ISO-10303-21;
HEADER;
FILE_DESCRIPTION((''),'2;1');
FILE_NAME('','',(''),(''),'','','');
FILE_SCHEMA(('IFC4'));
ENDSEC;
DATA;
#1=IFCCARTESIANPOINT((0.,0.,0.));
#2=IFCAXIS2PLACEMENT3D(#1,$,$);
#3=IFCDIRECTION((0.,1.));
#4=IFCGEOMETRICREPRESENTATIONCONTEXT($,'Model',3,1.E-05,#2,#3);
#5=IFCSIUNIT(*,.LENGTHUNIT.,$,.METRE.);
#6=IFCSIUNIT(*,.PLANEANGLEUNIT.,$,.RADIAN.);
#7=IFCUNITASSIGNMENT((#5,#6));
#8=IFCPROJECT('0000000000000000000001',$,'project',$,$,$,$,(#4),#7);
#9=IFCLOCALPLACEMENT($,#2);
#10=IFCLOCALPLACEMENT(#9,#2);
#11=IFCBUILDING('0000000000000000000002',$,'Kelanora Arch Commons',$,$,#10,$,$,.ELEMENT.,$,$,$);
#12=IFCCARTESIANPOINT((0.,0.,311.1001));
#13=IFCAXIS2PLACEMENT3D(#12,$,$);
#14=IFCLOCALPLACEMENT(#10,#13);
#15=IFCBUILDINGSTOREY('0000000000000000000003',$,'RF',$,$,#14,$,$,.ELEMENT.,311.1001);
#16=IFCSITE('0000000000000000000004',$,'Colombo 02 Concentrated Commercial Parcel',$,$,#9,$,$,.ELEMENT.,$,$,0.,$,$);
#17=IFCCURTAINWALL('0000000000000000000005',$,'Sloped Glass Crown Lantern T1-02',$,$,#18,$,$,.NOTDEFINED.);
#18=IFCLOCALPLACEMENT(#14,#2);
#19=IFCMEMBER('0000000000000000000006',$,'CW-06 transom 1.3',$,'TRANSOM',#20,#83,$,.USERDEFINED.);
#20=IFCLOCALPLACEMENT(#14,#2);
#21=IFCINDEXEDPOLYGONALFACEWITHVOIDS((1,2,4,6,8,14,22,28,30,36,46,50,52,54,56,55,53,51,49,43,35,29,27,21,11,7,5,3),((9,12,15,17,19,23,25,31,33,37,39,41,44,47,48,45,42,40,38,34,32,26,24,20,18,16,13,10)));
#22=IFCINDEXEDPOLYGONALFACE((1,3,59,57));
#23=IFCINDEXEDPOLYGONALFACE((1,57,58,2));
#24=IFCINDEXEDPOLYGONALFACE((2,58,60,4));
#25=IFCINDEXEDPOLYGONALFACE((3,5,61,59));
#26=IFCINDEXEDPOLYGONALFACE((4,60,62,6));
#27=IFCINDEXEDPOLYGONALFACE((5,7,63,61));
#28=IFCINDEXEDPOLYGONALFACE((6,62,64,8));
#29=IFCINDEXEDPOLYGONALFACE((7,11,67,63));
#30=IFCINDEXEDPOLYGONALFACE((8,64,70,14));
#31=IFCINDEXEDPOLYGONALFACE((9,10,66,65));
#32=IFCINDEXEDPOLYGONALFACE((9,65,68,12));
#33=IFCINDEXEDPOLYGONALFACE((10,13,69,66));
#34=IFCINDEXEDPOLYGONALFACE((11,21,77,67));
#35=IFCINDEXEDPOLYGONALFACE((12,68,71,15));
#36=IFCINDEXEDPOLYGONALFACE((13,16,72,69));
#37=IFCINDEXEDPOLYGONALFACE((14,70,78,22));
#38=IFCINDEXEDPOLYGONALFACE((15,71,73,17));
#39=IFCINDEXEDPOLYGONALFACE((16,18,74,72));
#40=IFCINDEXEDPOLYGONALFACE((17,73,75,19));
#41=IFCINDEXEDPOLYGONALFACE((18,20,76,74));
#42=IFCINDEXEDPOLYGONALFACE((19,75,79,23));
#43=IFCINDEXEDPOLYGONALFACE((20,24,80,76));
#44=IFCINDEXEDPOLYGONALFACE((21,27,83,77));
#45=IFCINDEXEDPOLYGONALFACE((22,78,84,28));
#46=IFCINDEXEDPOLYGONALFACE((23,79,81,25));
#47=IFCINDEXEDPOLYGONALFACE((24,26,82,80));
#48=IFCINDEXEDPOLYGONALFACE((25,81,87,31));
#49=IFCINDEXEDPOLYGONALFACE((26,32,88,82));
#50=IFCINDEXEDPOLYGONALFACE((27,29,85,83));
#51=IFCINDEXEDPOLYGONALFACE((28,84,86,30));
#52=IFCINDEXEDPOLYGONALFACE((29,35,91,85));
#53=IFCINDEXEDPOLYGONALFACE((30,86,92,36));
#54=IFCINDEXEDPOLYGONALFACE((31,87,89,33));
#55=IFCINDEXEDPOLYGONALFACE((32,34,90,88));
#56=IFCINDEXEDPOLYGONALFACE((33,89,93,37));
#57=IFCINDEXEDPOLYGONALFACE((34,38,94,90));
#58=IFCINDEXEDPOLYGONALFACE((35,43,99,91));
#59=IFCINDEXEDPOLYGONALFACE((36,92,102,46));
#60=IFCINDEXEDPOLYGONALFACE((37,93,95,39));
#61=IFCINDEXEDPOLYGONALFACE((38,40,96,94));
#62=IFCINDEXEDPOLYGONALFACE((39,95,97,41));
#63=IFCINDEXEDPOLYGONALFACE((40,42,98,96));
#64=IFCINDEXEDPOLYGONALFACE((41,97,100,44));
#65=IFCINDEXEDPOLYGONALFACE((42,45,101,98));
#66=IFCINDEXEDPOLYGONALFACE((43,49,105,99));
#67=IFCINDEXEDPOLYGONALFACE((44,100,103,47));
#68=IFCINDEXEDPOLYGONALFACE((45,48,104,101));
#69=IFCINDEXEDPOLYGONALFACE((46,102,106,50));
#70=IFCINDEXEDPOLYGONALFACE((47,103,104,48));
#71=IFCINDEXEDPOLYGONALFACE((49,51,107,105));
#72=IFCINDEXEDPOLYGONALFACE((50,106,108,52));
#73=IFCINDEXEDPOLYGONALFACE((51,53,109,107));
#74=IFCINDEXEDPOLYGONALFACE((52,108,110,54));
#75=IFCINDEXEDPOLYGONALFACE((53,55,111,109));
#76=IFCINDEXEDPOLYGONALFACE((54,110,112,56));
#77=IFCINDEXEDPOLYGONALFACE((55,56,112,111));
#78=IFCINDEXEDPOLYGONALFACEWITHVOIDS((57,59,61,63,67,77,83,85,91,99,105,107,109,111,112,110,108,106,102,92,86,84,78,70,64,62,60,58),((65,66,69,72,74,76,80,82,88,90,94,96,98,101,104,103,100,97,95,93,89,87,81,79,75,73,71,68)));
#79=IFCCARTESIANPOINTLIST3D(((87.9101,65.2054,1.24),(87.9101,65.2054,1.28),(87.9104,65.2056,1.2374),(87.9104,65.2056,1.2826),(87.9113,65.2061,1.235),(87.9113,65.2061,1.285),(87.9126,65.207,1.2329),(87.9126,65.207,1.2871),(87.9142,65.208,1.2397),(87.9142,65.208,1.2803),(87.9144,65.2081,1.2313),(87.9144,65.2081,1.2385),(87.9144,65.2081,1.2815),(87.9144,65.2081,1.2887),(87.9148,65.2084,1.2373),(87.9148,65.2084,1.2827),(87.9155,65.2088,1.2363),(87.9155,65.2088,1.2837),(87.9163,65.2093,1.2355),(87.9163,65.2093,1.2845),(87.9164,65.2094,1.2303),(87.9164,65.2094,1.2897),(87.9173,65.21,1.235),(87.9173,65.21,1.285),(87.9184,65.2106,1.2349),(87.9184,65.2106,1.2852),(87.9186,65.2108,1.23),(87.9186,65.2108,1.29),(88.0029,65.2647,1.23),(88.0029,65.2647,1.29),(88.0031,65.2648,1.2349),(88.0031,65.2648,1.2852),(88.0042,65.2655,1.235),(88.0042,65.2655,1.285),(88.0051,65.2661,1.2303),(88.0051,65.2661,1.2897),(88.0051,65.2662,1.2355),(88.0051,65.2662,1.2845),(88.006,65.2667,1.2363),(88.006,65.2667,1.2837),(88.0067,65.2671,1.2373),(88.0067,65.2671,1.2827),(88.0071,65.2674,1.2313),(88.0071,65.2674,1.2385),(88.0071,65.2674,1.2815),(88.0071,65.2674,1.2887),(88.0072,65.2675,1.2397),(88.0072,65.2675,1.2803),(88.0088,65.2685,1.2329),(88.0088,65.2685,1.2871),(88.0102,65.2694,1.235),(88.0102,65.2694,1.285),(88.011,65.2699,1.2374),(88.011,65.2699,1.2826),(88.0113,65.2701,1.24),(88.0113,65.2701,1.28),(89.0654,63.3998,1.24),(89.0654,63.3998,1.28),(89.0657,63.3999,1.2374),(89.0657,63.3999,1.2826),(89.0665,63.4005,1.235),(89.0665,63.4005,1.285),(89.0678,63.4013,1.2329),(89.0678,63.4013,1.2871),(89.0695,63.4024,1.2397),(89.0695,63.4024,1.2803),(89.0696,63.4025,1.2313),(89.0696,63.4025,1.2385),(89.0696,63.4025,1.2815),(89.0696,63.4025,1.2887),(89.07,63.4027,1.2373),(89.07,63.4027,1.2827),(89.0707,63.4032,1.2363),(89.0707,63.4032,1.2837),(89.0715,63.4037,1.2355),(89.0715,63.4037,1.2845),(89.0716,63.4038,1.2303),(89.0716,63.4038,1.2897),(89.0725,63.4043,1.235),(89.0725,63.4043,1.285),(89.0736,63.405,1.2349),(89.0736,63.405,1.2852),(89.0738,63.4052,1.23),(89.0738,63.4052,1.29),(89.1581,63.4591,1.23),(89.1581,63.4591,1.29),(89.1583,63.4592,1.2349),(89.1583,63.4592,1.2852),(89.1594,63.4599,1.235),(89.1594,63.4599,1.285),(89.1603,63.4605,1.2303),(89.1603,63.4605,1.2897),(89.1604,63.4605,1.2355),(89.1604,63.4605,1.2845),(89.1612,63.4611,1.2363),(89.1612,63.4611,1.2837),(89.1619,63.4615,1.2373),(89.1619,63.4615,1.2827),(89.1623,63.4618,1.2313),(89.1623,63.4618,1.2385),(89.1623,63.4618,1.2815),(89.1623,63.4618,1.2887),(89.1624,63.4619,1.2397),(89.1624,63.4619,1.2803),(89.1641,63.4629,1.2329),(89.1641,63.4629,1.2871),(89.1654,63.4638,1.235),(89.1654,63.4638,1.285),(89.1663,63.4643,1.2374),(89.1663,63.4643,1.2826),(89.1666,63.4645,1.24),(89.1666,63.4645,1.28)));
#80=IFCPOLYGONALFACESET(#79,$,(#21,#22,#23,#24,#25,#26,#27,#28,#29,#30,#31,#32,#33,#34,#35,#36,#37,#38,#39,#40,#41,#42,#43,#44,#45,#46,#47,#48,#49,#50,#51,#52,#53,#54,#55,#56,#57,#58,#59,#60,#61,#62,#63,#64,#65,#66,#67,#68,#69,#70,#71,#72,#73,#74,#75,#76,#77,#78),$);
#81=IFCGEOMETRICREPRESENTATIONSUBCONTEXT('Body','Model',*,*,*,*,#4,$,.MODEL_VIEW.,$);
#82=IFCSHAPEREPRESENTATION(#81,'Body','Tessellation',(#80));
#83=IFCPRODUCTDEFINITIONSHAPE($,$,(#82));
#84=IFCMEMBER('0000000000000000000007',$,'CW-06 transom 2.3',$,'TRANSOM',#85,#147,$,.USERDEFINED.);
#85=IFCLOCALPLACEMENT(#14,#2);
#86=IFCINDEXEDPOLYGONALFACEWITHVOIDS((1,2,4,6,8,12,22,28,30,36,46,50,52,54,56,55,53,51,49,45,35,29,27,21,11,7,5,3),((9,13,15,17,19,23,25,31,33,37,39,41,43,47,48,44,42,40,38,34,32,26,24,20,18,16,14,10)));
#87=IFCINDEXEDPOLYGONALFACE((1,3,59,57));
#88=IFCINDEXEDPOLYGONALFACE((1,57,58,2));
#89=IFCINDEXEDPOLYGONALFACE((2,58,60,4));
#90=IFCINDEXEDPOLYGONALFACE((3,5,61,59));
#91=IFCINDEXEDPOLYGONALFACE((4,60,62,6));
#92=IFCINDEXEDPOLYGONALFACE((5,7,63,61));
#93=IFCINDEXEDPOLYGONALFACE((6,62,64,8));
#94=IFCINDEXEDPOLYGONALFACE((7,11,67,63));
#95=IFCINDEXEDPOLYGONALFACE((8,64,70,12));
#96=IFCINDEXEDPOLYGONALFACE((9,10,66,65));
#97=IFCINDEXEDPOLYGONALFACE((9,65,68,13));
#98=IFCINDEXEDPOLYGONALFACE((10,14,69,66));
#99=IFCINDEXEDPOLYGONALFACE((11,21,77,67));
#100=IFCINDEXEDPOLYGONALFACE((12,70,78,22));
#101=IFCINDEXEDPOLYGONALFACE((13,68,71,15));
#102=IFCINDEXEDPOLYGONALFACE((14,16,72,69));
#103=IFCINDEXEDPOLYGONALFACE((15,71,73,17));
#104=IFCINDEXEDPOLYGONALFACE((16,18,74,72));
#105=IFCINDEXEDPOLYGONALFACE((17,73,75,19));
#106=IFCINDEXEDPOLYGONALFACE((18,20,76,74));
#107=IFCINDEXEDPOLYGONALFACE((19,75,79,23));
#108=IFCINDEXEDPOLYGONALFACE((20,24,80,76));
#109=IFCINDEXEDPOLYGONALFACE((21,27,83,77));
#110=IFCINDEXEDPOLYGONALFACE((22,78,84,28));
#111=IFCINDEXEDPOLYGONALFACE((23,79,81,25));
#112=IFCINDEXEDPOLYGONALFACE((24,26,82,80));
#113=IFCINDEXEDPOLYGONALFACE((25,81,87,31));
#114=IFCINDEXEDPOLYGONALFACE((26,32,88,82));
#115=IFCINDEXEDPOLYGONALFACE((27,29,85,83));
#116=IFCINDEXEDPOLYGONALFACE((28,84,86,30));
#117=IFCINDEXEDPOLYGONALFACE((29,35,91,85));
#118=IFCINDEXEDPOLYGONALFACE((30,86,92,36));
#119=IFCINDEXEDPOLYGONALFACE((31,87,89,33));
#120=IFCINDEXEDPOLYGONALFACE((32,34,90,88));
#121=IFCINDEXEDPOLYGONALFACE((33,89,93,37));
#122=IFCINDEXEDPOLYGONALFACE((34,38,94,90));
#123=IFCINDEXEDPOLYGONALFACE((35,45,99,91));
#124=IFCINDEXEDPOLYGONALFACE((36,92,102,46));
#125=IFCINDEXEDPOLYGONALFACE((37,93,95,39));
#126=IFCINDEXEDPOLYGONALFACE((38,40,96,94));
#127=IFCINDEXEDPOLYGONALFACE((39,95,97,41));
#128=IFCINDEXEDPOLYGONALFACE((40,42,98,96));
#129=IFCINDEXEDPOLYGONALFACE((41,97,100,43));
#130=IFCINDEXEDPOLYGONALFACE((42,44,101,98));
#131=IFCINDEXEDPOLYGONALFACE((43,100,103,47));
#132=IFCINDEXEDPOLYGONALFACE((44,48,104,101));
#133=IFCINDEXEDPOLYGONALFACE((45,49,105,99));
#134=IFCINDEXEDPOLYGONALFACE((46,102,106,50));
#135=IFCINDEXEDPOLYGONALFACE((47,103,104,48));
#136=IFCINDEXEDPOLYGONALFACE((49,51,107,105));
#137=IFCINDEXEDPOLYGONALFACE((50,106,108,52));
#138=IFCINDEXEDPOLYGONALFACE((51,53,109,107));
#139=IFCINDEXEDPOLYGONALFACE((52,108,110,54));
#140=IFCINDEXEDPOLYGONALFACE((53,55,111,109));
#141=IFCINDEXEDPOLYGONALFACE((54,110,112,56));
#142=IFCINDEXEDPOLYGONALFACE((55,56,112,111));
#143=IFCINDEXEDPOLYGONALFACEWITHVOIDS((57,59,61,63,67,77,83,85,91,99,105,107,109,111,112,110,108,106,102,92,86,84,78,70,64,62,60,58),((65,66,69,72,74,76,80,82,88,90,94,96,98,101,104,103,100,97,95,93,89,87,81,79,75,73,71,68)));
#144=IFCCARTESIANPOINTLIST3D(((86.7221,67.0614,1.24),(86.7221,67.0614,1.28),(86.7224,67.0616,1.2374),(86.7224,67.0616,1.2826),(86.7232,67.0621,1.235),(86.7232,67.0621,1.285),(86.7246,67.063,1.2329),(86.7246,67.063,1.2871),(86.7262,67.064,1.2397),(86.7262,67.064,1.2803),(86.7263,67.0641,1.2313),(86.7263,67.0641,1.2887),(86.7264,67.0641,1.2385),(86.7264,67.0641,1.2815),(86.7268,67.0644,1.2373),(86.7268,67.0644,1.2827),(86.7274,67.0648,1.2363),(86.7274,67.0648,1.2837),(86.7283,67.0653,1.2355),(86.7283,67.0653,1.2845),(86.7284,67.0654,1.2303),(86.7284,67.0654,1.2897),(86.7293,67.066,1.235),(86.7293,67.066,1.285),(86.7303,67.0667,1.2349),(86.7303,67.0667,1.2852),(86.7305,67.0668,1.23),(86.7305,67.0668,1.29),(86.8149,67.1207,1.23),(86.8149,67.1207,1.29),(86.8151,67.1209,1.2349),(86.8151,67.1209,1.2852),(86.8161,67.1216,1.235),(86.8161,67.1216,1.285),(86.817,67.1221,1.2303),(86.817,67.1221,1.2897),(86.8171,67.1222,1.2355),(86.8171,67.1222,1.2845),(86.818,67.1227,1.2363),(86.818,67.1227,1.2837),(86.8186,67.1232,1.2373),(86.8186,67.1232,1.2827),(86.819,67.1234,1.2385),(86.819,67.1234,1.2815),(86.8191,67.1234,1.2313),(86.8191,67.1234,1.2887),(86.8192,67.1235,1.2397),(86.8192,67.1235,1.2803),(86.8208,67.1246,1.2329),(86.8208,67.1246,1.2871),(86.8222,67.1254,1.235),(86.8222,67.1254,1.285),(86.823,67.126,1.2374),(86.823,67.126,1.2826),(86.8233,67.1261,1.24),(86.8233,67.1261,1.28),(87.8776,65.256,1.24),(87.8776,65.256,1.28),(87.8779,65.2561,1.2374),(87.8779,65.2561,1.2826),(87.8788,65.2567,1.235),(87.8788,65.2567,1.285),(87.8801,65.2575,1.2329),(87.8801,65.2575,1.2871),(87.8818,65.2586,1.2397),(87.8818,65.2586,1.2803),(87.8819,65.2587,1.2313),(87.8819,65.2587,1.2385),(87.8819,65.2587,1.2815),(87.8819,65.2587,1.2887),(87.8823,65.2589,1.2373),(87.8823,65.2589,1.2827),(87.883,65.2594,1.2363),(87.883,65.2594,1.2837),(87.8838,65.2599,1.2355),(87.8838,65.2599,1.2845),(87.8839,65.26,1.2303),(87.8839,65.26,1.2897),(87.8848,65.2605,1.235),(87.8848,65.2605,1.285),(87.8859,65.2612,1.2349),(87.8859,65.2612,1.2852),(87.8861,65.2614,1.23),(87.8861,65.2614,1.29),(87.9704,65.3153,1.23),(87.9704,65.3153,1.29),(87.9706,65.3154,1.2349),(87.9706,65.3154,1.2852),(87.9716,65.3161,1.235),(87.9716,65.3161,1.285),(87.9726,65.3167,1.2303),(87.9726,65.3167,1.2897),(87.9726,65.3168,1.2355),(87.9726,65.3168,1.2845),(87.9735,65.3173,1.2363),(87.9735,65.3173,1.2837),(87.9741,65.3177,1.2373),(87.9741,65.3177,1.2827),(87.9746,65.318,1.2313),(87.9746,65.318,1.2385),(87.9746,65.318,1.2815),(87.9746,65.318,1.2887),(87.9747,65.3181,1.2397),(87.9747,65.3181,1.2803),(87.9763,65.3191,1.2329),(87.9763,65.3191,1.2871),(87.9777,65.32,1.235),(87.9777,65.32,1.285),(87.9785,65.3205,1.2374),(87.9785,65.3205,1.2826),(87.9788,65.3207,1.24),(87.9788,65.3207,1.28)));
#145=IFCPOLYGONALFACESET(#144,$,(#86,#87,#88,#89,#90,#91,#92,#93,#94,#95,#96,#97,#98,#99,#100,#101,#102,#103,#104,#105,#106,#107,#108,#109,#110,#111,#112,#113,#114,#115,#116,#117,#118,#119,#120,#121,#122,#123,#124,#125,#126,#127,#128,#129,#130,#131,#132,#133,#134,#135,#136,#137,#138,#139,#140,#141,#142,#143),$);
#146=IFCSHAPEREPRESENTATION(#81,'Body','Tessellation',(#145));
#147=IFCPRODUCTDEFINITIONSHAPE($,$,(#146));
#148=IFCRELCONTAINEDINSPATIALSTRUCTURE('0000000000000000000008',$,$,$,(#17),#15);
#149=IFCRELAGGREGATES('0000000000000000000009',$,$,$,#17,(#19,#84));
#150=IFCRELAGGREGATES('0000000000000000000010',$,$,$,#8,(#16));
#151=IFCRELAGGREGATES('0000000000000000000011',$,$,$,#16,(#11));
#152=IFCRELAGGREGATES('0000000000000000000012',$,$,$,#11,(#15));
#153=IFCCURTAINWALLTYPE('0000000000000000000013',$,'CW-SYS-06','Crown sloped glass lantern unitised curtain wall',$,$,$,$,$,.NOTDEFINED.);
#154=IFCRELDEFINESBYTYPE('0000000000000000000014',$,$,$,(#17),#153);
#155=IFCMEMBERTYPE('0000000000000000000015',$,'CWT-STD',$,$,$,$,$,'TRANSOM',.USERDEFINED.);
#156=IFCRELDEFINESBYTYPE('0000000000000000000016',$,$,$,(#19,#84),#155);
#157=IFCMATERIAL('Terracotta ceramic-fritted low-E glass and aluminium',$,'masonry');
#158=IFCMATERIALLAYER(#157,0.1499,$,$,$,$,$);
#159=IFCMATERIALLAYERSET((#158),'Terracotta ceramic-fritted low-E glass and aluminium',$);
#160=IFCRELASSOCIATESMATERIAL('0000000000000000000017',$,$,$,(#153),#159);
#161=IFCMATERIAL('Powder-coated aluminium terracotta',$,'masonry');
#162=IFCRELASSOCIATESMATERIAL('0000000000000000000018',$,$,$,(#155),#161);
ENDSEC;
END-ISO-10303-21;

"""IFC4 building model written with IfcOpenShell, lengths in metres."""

from ifc_helpers import new_model, si_unit, direction, frame, origin, origin_2d, place, context, subcontext, project, spatial, hollow_rectangle, extrude, material, layer, layer_set, material_profile, profile_set, type_object, element, aggregate, save


model = new_model("IFC4")

# Units and contexts
model_context = context("Model", 3, precision=1e-05, world=origin(), true_north=direction((0.0, 1.0)))
body_context = subcontext(model_context, "Body", "Model", "MODEL_VIEW")
ifc_project = project(units=[si_unit("LENGTHUNIT", "METRE"), si_unit("PLANEANGLEUNIT", "RADIAN")], contexts=[model_context])

# Site, building, storey
site_placement = place(None, origin())
site = spatial("IfcSite", under=ifc_project, at=site_placement, Name="Colombo 02 Concentrated Commercial Parcel", CompositionType="ELEMENT", RefElevation=0.0)
building_placement = place(site_placement, origin())
building = spatial("IfcBuilding", under=site, at=building_placement, Name="Kelanora Arch Commons", CompositionType="ELEMENT")
storey_placement = place(building_placement, frame((0.0, 0.0, 311.1001)))
storey = spatial("IfcBuildingStorey", under=building, at=storey_placement, Name="RF", CompositionType="ELEMENT", Elevation=311.1001)

# Curtain wall, members
ifc_material_1 = material(Name="Terracotta ceramic-fritted low-E glass and aluminium", Category="masonry")
ifc_layer_1 = layer(ifc_material_1, 0.1499)
ifc_layer_set_1 = layer_set([ifc_layer_1], Name="Terracotta ceramic-fritted low-E glass and aluminium")
curtain_wall_type = type_object("IfcCurtainWallType", Name="CW-SYS-06", Description="Crown sloped glass lantern unitised curtain wall", PredefinedType="NOTDEFINED", material=ifc_layer_set_1)
ifc_material_2 = material(Name="Powder-coated aluminium terracotta", Category="masonry")
ifc_material_profile_1 = material_profile(ifc_material_2, hollow_rectangle(XDim=0.1201, YDim=0.0601, WallThickness=0.0049, InnerFilletRadius=0.0049, OuterFilletRadius=0.01, at=origin_2d()), Name="CWT120x60")
ifc_profile_set_1 = profile_set([ifc_material_profile_1], Name="Powder-coated aluminium terracotta")
member_type_1 = type_object("IfcMemberType", Name="CWT-STD", ElementType="TRANSOM", PredefinedType="USERDEFINED", material=ifc_profile_set_1)
curtain_wall_1_placement = place(storey_placement, origin())
curtain_wall_1 = element("IfcCurtainWall", 1, at=curtain_wall_1_placement, inside=storey, type_object=curtain_wall_type, Name="Sloped Glass Crown Lantern T1-02", PredefinedType="NOTDEFINED")
member_1_placement = place(storey_placement, frame((89.116, 63.4321, 1.26), z_axis=(-0.538937, 0.842346, 0.0), x_axis=(-0.842346, -0.538937, 0.0)))
member_1 = element("IfcMember", 2, at=member_1_placement, type_object=member_type_1, Name="CW-06 transom 1.3", ObjectType="TRANSOM", PredefinedType="USERDEFINED", context=body_context, shape_type="SweptSolid", body=[
    extrude(hollow_rectangle(XDim=0.1201, YDim=0.0601, WallThickness=0.0049, InnerFilletRadius=0.0049, OuterFilletRadius=0.01, at=origin_2d()), origin(), (0.0, 0.0, 1.0), 2.1436),
])
member_2_placement = place(storey_placement, frame((87.9282, 65.2883, 1.26), z_axis=(-0.53907, 0.842261, 0.0), x_axis=(-0.842261, -0.53907, 0.0)))
member_2 = element("IfcMember", 3, at=member_2_placement, type_object=member_type_1, Name="CW-06 transom 2.3", ObjectType="TRANSOM", PredefinedType="USERDEFINED", context=body_context, shape_type="SweptSolid", body=[
    extrude(hollow_rectangle(XDim=0.1201, YDim=0.0601, WallThickness=0.0049, InnerFilletRadius=0.0049, OuterFilletRadius=0.01, at=origin_2d()), origin(), (0.0, 0.0, 1.0), 2.1436),
])
aggregate(curtain_wall_1, [member_1, member_2])

save(model, "model.ifc")
